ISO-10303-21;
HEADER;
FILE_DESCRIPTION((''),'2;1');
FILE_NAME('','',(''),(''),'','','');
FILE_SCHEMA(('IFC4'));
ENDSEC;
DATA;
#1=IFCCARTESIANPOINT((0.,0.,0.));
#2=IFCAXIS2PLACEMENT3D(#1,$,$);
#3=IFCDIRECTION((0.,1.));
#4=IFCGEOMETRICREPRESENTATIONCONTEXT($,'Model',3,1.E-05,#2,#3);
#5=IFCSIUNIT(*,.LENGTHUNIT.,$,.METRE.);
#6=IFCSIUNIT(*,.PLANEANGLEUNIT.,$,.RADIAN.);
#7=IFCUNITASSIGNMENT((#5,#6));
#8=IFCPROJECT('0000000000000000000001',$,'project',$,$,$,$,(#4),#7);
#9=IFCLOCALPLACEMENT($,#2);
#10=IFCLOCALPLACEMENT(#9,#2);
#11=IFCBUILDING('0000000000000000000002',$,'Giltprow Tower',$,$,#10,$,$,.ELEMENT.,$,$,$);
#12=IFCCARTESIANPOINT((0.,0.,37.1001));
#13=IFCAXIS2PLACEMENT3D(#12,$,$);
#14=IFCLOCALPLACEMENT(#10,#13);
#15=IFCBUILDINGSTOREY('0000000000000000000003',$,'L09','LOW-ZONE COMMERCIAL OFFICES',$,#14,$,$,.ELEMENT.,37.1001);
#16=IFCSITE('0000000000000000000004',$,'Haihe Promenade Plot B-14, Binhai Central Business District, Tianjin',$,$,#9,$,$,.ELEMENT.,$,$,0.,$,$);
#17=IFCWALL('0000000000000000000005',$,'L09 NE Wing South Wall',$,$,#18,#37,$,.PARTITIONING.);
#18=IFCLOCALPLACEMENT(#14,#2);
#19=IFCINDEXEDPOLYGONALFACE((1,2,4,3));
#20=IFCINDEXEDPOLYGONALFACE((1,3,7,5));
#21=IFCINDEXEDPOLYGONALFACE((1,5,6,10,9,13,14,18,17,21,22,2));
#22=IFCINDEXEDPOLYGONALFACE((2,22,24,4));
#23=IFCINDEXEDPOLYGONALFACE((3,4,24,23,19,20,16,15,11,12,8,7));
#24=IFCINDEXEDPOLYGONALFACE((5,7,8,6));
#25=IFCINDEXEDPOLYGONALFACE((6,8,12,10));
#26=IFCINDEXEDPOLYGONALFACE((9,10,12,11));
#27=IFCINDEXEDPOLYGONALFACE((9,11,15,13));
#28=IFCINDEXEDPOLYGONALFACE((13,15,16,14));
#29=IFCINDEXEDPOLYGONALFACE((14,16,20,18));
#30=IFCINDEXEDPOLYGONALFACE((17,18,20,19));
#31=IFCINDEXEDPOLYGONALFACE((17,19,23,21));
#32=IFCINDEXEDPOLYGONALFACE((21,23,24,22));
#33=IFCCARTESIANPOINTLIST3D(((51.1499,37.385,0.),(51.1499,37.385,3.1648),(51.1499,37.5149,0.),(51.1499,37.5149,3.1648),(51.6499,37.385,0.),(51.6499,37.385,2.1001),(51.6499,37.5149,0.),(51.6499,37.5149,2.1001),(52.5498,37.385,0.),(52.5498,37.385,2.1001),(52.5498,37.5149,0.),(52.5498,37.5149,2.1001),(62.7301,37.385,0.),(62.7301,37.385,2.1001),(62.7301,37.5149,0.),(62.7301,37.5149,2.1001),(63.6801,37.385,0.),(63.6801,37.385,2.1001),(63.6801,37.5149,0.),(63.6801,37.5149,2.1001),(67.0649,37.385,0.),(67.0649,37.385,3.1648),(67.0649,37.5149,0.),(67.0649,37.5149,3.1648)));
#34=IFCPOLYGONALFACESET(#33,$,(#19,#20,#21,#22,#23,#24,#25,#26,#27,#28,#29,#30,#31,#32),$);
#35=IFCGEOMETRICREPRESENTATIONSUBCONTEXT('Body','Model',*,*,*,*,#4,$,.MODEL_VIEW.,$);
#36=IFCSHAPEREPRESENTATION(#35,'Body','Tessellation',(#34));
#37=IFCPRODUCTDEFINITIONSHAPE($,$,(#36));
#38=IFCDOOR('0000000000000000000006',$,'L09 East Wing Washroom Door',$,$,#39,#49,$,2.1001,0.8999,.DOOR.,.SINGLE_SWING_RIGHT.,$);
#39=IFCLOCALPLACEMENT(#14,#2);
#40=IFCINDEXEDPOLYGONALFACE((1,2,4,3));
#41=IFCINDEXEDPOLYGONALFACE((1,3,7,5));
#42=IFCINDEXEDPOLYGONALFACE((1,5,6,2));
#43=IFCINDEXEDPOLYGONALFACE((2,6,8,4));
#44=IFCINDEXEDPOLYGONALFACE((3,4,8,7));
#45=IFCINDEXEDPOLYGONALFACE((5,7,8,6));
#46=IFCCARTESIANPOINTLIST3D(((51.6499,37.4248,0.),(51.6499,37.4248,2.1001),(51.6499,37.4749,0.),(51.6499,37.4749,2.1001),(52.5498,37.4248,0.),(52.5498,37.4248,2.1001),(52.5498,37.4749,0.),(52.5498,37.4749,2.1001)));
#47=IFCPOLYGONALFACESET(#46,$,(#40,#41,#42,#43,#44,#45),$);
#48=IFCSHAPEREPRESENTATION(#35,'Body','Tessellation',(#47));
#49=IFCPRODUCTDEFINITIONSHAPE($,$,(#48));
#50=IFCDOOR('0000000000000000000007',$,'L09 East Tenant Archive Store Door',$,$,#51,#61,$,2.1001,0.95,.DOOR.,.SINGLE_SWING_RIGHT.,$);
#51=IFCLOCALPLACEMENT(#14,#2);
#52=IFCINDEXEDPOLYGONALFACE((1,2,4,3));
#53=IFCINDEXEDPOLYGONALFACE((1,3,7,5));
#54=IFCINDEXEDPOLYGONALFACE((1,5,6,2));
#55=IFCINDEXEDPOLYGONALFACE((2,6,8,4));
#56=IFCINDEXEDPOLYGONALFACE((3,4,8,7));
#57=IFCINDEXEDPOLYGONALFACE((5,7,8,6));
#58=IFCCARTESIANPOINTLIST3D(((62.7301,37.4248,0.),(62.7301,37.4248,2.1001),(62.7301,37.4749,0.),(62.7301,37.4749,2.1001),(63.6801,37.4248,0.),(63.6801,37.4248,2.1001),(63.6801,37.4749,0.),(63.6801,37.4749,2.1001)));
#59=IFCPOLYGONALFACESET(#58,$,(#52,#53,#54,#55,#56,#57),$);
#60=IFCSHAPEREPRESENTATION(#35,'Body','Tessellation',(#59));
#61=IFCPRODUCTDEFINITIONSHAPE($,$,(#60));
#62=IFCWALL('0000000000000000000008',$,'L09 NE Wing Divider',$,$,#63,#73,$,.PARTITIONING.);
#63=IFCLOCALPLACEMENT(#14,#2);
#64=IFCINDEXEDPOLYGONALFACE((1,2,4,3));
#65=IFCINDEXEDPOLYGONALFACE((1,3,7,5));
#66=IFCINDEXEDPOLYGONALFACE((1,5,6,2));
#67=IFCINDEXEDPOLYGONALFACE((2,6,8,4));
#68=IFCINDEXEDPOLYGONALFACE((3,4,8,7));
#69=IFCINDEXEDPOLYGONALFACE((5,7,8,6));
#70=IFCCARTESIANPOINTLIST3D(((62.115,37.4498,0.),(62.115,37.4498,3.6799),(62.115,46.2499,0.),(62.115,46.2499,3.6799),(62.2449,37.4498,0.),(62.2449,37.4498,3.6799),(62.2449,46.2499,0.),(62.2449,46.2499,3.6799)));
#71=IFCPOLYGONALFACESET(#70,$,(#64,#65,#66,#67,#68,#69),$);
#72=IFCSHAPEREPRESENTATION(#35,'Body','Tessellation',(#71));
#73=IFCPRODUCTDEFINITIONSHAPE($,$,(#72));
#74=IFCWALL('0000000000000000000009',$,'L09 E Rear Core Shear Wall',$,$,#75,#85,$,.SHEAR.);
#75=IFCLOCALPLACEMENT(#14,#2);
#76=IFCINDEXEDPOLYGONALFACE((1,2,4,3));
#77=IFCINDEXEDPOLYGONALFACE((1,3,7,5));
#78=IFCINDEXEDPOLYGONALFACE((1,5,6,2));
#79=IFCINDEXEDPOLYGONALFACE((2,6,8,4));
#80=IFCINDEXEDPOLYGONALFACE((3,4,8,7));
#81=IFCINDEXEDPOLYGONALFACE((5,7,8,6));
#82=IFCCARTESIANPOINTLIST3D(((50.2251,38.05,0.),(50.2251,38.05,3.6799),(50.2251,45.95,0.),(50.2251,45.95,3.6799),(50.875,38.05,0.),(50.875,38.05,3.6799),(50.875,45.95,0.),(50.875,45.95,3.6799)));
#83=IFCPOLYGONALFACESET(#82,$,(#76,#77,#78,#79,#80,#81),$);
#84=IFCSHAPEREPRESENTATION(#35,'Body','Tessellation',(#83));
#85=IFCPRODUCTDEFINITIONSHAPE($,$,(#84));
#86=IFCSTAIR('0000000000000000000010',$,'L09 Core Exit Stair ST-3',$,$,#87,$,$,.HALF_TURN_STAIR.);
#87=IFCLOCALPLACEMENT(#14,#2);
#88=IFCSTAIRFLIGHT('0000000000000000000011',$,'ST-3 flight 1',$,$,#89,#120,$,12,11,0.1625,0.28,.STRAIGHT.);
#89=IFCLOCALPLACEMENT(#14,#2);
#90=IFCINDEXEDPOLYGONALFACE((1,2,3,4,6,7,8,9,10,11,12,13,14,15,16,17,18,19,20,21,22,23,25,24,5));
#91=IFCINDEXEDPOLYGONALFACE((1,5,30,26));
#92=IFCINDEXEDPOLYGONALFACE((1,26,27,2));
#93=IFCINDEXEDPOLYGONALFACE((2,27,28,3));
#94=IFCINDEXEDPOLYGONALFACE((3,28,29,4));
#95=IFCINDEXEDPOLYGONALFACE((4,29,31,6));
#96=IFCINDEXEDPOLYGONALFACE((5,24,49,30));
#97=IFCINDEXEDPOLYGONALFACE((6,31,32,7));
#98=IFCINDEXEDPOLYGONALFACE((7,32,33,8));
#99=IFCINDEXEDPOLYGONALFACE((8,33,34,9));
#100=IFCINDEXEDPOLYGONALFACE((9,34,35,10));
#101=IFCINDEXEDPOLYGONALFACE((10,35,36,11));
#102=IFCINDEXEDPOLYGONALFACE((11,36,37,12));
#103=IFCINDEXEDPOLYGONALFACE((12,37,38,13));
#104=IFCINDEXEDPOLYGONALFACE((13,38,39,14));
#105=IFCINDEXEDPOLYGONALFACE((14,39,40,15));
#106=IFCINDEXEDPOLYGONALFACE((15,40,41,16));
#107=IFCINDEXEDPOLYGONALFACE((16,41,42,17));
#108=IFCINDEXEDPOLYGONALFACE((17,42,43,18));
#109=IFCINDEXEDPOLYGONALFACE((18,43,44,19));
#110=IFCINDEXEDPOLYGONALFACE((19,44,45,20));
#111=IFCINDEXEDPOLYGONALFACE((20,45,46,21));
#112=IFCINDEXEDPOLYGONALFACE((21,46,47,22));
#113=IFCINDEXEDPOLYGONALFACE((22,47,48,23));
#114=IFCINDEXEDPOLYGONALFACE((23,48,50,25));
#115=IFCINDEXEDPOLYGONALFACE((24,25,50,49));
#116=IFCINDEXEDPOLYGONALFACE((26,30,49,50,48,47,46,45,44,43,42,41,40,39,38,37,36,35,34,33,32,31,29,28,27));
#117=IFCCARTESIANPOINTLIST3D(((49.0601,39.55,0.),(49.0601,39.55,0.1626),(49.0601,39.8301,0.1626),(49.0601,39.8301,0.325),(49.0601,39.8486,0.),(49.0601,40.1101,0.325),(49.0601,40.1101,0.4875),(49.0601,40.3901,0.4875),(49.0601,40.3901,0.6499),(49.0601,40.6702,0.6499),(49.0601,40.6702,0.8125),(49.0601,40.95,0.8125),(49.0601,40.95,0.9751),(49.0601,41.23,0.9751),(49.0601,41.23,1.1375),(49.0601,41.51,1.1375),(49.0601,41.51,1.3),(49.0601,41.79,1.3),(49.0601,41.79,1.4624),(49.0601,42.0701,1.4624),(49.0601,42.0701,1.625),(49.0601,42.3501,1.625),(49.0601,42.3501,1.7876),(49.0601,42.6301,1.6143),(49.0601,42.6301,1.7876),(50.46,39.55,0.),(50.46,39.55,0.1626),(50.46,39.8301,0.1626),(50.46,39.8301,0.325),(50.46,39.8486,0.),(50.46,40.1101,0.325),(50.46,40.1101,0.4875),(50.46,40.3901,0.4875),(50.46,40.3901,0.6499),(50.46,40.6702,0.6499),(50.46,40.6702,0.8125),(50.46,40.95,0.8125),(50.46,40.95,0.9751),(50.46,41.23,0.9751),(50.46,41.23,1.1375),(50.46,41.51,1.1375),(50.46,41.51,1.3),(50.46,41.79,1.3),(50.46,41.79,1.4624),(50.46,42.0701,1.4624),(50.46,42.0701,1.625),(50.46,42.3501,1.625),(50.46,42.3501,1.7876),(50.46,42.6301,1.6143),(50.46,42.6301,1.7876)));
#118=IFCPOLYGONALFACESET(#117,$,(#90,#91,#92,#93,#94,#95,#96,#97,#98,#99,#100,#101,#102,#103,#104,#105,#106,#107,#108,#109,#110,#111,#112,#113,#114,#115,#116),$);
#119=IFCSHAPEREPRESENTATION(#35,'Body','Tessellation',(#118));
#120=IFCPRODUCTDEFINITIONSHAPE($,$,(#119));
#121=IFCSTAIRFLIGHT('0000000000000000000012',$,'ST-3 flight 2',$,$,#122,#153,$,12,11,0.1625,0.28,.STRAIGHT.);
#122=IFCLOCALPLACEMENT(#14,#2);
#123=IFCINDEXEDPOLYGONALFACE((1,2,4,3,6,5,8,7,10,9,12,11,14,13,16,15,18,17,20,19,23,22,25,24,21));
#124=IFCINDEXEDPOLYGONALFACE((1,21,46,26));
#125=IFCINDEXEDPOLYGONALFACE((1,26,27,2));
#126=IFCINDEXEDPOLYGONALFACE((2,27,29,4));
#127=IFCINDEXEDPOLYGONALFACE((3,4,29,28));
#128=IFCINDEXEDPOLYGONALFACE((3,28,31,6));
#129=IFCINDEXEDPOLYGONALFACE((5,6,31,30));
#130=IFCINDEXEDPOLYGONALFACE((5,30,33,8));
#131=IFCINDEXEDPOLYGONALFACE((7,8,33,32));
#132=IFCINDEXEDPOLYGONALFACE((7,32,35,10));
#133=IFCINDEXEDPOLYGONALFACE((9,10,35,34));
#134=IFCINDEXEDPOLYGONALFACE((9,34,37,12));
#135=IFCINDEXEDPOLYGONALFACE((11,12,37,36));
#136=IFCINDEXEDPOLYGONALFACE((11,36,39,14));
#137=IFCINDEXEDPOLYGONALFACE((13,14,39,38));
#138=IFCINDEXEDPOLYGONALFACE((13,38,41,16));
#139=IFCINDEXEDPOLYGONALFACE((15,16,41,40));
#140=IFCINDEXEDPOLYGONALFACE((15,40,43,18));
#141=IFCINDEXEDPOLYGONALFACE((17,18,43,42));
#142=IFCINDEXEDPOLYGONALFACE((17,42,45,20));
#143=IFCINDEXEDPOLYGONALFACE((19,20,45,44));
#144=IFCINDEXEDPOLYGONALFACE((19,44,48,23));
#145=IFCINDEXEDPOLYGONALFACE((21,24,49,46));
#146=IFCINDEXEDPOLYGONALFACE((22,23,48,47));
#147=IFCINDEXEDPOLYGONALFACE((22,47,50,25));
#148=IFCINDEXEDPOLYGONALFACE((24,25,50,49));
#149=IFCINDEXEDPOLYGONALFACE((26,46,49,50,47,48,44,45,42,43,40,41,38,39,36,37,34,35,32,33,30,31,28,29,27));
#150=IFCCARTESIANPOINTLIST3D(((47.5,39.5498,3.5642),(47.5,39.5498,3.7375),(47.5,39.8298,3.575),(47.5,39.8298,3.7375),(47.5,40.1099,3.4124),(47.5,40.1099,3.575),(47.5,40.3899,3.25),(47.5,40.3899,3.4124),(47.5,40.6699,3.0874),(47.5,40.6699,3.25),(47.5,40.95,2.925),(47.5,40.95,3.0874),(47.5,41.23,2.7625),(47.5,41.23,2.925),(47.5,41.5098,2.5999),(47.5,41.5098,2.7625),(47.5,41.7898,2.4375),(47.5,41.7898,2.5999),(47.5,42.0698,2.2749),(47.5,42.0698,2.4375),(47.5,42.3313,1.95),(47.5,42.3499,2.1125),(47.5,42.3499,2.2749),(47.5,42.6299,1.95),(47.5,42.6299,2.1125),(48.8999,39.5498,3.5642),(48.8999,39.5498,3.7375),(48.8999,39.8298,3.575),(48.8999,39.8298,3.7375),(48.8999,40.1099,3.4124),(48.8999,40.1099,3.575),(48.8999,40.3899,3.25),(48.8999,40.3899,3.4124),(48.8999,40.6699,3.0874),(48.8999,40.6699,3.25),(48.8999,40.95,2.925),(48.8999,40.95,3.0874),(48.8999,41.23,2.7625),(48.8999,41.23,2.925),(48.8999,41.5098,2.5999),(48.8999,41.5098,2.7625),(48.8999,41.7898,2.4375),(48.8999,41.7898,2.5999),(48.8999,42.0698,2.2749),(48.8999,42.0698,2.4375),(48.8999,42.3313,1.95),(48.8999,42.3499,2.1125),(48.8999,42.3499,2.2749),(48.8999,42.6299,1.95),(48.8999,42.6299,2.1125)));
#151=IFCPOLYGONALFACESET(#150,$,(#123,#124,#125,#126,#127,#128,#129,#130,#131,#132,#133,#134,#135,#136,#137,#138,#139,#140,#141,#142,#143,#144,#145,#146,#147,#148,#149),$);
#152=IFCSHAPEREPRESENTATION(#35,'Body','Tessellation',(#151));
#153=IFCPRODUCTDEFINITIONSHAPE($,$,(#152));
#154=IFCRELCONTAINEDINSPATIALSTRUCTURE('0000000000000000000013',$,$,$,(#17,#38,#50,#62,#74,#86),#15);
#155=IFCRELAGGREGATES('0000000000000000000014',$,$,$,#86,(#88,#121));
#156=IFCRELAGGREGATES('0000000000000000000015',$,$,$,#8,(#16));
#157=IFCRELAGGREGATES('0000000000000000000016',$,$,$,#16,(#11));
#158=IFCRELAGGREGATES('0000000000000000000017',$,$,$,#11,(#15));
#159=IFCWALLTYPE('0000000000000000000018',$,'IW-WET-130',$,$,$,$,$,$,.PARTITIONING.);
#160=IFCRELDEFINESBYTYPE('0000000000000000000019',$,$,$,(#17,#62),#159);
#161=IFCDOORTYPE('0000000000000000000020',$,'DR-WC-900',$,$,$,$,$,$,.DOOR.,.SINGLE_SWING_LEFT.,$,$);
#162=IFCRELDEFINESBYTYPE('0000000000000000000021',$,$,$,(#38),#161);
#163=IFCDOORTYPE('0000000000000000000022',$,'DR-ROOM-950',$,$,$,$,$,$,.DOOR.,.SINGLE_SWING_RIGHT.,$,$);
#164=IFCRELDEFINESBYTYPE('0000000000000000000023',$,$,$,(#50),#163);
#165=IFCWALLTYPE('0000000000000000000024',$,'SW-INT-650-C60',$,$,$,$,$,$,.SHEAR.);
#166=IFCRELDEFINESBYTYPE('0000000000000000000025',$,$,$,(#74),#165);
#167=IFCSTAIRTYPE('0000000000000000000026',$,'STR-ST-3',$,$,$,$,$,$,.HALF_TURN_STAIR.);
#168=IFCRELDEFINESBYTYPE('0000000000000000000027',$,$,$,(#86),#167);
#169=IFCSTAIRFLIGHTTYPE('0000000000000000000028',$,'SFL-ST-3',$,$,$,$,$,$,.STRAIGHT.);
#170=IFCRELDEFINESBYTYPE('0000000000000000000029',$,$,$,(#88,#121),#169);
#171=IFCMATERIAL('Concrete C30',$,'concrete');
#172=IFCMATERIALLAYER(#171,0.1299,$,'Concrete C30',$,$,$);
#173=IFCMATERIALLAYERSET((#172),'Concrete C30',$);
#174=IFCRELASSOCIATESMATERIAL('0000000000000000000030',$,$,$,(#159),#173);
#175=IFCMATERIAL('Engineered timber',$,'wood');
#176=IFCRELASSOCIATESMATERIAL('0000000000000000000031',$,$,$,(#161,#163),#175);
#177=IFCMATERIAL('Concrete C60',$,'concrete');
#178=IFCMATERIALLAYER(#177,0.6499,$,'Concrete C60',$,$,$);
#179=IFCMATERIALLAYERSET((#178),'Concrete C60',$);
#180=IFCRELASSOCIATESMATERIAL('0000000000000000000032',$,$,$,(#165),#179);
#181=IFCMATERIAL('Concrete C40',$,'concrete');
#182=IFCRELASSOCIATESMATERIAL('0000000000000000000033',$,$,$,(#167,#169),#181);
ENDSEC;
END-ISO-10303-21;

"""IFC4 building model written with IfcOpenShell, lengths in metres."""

from ifc_helpers import new_model, si_unit, direction, frame, frame_2d, origin, place, context, subcontext, project, spatial, polyline, rectangle, outline, extrude, source, transform, mapped, material, layer, layer_set, type_object, element, fill, aggregate, save


model = new_model("IFC4")

# Units and contexts
model_context = context("Model", 3, precision=1e-05, world=origin(), true_north=direction((0.0, 1.0)))
body_context = subcontext(model_context, "Body", "Model", "MODEL_VIEW")
ifc_project = project(units=[si_unit("LENGTHUNIT", "METRE"), si_unit("PLANEANGLEUNIT", "RADIAN")], contexts=[model_context])

# Site, building, storey
site_placement = place(None, origin())
site = spatial("IfcSite", under=ifc_project, at=site_placement, Name="Haihe Promenade Plot B-14, Binhai Central Business District, Tianjin", CompositionType="ELEMENT", RefElevation=0.0)
building_placement = place(site_placement, origin())
building = spatial("IfcBuilding", under=site, at=building_placement, Name="Giltprow Tower", CompositionType="ELEMENT")
storey_placement = place(building_placement, frame((0.0, 0.0, 37.1001)))
storey = spatial("IfcBuildingStorey", under=building, at=storey_placement, Name="L09", Description="LOW-ZONE COMMERCIAL OFFICES", CompositionType="ELEMENT", Elevation=37.1001)

# Shared definitions
ifc_material_1 = material(Name="Concrete C60", Category="concrete")

# Wall, openings, doors
ifc_material_2 = material(Name="Concrete C30", Category="concrete")
ifc_layer_1 = layer(ifc_material_2, 0.1299, Name="Concrete C30")
ifc_layer_set_1 = layer_set([ifc_layer_1], Name="Concrete C30")
wall_type_1 = type_object("IfcWallType", Name="IW-WET-130", PredefinedType="PARTITIONING", material=ifc_layer_set_1)
wall_1_placement = place(storey_placement, frame((51.1499, 37.45, 0.0), z_axis=(0.0, 0.0, 1.0), x_axis=(1.0, 0.0, 0.0)))
wall_1 = element("IfcWall", 1, at=wall_1_placement, inside=storey, type_object=wall_type_1, Name="L09 NE Wing South Wall", PredefinedType="PARTITIONING", context=body_context, shape_type="SweptSolid", body=[
    extrude(rectangle(XDim=15.915, YDim=0.1299, at=frame_2d((7.9575, 0.0))), origin(), (0.0, 0.0, 1.0), 3.1648),
])
opening_1_placement = place(wall_1_placement, frame((0.5, 0.0, 0.0)))
opening_1 = element("IfcOpeningElement", 2, at=opening_1_placement, cuts=wall_1, PredefinedType="OPENING", context=body_context, shape_type="SweptSolid", body=[
    extrude(rectangle(XDim=0.8999, YDim=2.1001, at=frame_2d((0.45, 1.05))), frame((0.0, 0.075, 0.0), z_axis=(0.0, -1.0, 0.0), x_axis=(1.0, 0.0, 0.0)), (0.0, 0.0, 1.0), 0.1499),
])
opening_2_placement = place(wall_1_placement, frame((11.5801, 0.0, 0.0)))
opening_2 = element("IfcOpeningElement", 3, at=opening_2_placement, cuts=wall_1, PredefinedType="OPENING", context=body_context, shape_type="SweptSolid", body=[
    extrude(rectangle(XDim=0.95, YDim=2.1001, at=frame_2d((0.4751, 1.05))), frame((0.0, 0.075, 0.0), z_axis=(0.0, -1.0, 0.0), x_axis=(1.0, 0.0, 0.0)), (0.0, 0.0, 1.0), 0.1499),
])
ifc_material_3 = material(Name="Engineered timber", Category="wood")
door_type_1 = type_object("IfcDoorType", Name="DR-WC-900", OperationType="SINGLE_SWING_LEFT", PredefinedType="DOOR", material=ifc_material_3)
shared_shape_1 = source(origin(), body_context, "Body", "SweptSolid", [
    extrude(rectangle(XDim=0.8999, YDim=2.1001, at=frame_2d((0.45, 1.05))), frame((0.0, 0.0249, 0.0), z_axis=(0.0, -1.0, 0.0), x_axis=(1.0, 0.0, 0.0)), (0.0, 0.0, 1.0), 0.05),
])
door_1_placement = place(opening_1_placement, origin())
door_1 = element("IfcDoor", 4, at=door_1_placement, inside=storey, type_object=door_type_1, Name="L09 East Wing Washroom Door", OperationType="SINGLE_SWING_RIGHT", OverallHeight=2.1001, OverallWidth=0.8999, PredefinedType="DOOR", context=body_context, shape_type="MappedRepresentation", body=[
    mapped(shared_shape_1, transform((0.0, 0.0, 0.0), x_axis=(1.0, 0.0, 0.0), y_axis=(0.0, 1.0, 0.0), z_axis=(0.0, 0.0, 1.0), scale=1.0)),
])
fill(opening_1, door_1)
door_type_2 = type_object("IfcDoorType", Name="DR-ROOM-950", OperationType="SINGLE_SWING_RIGHT", PredefinedType="DOOR", material=ifc_material_3)
shared_shape_2 = source(origin(), body_context, "Body", "SweptSolid", [
    extrude(rectangle(XDim=0.95, YDim=2.1001, at=frame_2d((0.4751, 1.05))), frame((0.0, 0.0249, 0.0), z_axis=(0.0, -1.0, 0.0), x_axis=(1.0, 0.0, 0.0)), (0.0, 0.0, 1.0), 0.05),
])
door_2_placement = place(opening_2_placement, origin())
door_2 = element("IfcDoor", 5, at=door_2_placement, inside=storey, type_object=door_type_2, Name="L09 East Tenant Archive Store Door", OperationType="SINGLE_SWING_RIGHT", OverallHeight=2.1001, OverallWidth=0.95, PredefinedType="DOOR", context=body_context, shape_type="MappedRepresentation", body=[
    mapped(shared_shape_2, transform((0.0, 0.0, 0.0), x_axis=(1.0, 0.0, 0.0), y_axis=(0.0, 1.0, 0.0), z_axis=(0.0, 0.0, 1.0), scale=1.0)),
])
fill(opening_2, door_2)

# Walls
wall_2_placement = place(storey_placement, frame((62.1799, 37.45, 0.0), z_axis=(0.0, 0.0, 1.0), x_axis=(0.0, 1.0, 0.0)))
element("IfcWall", 6, at=wall_2_placement, inside=storey, type_object=wall_type_1, Name="L09 NE Wing Divider", PredefinedType="PARTITIONING", context=body_context, shape_type="SweptSolid", body=[
    extrude(rectangle(XDim=8.8, YDim=0.1299, at=frame_2d((4.3999, 0.0))), origin(), (0.0, 0.0, 1.0), 3.6799),
])
ifc_layer_2 = layer(ifc_material_1, 0.6499, Name="Concrete C60")
ifc_layer_set_2 = layer_set([ifc_layer_2], Name="Concrete C60")
wall_type_2 = type_object("IfcWallType", Name="SW-INT-650-C60", PredefinedType="SHEAR", material=ifc_layer_set_2)
wall_3_placement = place(storey_placement, frame((50.55, 38.05, 0.0), z_axis=(0.0, 0.0, 1.0), x_axis=(0.0, 1.0, 0.0)))
element("IfcWall", 7, at=wall_3_placement, inside=storey, type_object=wall_type_2, Name="L09 E Rear Core Shear Wall", PredefinedType="SHEAR", context=body_context, shape_type="SweptSolid", body=[
    extrude(rectangle(XDim=7.8999, YDim=0.6499, at=frame_2d((3.95, 0.0))), origin(), (0.0, 0.0, 1.0), 3.6799),
])

# Stair, stair flights
ifc_material_4 = material(Name="Concrete C40", Category="concrete")
stair_type = type_object("IfcStairType", Name="STR-ST-3", PredefinedType="HALF_TURN_STAIR", material=ifc_material_4)
stair_placement = place(storey_placement, origin())
stair = element("IfcStair", 8, at=stair_placement, inside=storey, type_object=stair_type, Name="L09 Core Exit Stair ST-3", PredefinedType="HALF_TURN_STAIR")
stair_flight_type = type_object("IfcStairFlightType", Name="SFL-ST-3", PredefinedType="STRAIGHT", material=ifc_material_4)
stair_flight_1_placement = place(storey_placement, frame((49.76, 39.55, 0.0), z_axis=(0.0, 0.0, 1.0), x_axis=(0.0, 1.0, 0.0)))
stair_flight_1 = element("IfcStairFlight", 9, at=stair_flight_1_placement, type_object=stair_flight_type, Name="ST-3 flight 1", NumberOfRisers=12, NumberOfTreads=11, PredefinedType="STRAIGHT", RiserHeight=0.1625, TreadLength=0.28, context=body_context, shape_type="SweptSolid", body=[
    extrude(outline(polyline([(0.0, 0.0), (0.0, 0.1626), (0.28, 0.1626), (0.28, 0.325), (0.5601, 0.325), (0.5601, 0.4875), (0.8401, 0.4875), (0.8401, 0.6499), (1.1201, 0.6499), (1.1201, 0.8125), (1.3999, 0.8125), (1.3999, 0.9751), (1.6799, 0.9751), (1.6799, 1.1375), (1.96, 1.1375), (1.96, 1.3), (2.24, 1.3), (2.24, 1.4624), (2.52, 1.4624), (2.52, 1.625), (2.8, 1.625), (2.8, 1.7876), (3.0801, 1.7876), (3.0801, 1.95), (3.0801, 1.6143), (0.2986, 0.0), (0.0, 0.0)])), frame((0.0, 0.7, 0.0), z_axis=(0.0, -1.0, 0.0), x_axis=(1.0, 0.0, 0.0)), (0.0, 0.0, 1.0), 1.3999),
])
stair_flight_2_placement = place(storey_placement, frame((48.2, 42.6299, 1.95), z_axis=(0.0, 0.0, 1.0), x_axis=(0.0, -1.0, 0.0)))
stair_flight_2 = element("IfcStairFlight", 10, at=stair_flight_2_placement, type_object=stair_flight_type, Name="ST-3 flight 2", NumberOfRisers=12, NumberOfTreads=11, PredefinedType="STRAIGHT", RiserHeight=0.1625, TreadLength=0.28, context=body_context, shape_type="SweptSolid", body=[
    extrude(outline(polyline([(0.0, 0.0), (0.0, 0.1626), (0.28, 0.1626), (0.28, 0.325), (0.5601, 0.325), (0.5601, 0.4875), (0.8401, 0.4875), (0.8401, 0.6499), (1.1201, 0.6499), (1.1201, 0.8125), (1.3999, 0.8125), (1.3999, 0.9751), (1.6799, 0.9751), (1.6799, 1.1375), (1.96, 1.1375), (1.96, 1.3), (2.24, 1.3), (2.24, 1.4624), (2.52, 1.4624), (2.52, 1.625), (2.8, 1.625), (2.8, 1.7876), (3.0801, 1.7876), (3.0801, 1.95), (3.0801, 1.6143), (0.2986, 0.0), (0.0, 0.0)])), frame((0.0, 0.7, 0.0), z_axis=(0.0, -1.0, 0.0), x_axis=(1.0, 0.0, 0.0)), (0.0, 0.0, 1.0), 1.3999),
])
aggregate(stair, [stair_flight_1, stair_flight_2])

save(model, "model.ifc")
